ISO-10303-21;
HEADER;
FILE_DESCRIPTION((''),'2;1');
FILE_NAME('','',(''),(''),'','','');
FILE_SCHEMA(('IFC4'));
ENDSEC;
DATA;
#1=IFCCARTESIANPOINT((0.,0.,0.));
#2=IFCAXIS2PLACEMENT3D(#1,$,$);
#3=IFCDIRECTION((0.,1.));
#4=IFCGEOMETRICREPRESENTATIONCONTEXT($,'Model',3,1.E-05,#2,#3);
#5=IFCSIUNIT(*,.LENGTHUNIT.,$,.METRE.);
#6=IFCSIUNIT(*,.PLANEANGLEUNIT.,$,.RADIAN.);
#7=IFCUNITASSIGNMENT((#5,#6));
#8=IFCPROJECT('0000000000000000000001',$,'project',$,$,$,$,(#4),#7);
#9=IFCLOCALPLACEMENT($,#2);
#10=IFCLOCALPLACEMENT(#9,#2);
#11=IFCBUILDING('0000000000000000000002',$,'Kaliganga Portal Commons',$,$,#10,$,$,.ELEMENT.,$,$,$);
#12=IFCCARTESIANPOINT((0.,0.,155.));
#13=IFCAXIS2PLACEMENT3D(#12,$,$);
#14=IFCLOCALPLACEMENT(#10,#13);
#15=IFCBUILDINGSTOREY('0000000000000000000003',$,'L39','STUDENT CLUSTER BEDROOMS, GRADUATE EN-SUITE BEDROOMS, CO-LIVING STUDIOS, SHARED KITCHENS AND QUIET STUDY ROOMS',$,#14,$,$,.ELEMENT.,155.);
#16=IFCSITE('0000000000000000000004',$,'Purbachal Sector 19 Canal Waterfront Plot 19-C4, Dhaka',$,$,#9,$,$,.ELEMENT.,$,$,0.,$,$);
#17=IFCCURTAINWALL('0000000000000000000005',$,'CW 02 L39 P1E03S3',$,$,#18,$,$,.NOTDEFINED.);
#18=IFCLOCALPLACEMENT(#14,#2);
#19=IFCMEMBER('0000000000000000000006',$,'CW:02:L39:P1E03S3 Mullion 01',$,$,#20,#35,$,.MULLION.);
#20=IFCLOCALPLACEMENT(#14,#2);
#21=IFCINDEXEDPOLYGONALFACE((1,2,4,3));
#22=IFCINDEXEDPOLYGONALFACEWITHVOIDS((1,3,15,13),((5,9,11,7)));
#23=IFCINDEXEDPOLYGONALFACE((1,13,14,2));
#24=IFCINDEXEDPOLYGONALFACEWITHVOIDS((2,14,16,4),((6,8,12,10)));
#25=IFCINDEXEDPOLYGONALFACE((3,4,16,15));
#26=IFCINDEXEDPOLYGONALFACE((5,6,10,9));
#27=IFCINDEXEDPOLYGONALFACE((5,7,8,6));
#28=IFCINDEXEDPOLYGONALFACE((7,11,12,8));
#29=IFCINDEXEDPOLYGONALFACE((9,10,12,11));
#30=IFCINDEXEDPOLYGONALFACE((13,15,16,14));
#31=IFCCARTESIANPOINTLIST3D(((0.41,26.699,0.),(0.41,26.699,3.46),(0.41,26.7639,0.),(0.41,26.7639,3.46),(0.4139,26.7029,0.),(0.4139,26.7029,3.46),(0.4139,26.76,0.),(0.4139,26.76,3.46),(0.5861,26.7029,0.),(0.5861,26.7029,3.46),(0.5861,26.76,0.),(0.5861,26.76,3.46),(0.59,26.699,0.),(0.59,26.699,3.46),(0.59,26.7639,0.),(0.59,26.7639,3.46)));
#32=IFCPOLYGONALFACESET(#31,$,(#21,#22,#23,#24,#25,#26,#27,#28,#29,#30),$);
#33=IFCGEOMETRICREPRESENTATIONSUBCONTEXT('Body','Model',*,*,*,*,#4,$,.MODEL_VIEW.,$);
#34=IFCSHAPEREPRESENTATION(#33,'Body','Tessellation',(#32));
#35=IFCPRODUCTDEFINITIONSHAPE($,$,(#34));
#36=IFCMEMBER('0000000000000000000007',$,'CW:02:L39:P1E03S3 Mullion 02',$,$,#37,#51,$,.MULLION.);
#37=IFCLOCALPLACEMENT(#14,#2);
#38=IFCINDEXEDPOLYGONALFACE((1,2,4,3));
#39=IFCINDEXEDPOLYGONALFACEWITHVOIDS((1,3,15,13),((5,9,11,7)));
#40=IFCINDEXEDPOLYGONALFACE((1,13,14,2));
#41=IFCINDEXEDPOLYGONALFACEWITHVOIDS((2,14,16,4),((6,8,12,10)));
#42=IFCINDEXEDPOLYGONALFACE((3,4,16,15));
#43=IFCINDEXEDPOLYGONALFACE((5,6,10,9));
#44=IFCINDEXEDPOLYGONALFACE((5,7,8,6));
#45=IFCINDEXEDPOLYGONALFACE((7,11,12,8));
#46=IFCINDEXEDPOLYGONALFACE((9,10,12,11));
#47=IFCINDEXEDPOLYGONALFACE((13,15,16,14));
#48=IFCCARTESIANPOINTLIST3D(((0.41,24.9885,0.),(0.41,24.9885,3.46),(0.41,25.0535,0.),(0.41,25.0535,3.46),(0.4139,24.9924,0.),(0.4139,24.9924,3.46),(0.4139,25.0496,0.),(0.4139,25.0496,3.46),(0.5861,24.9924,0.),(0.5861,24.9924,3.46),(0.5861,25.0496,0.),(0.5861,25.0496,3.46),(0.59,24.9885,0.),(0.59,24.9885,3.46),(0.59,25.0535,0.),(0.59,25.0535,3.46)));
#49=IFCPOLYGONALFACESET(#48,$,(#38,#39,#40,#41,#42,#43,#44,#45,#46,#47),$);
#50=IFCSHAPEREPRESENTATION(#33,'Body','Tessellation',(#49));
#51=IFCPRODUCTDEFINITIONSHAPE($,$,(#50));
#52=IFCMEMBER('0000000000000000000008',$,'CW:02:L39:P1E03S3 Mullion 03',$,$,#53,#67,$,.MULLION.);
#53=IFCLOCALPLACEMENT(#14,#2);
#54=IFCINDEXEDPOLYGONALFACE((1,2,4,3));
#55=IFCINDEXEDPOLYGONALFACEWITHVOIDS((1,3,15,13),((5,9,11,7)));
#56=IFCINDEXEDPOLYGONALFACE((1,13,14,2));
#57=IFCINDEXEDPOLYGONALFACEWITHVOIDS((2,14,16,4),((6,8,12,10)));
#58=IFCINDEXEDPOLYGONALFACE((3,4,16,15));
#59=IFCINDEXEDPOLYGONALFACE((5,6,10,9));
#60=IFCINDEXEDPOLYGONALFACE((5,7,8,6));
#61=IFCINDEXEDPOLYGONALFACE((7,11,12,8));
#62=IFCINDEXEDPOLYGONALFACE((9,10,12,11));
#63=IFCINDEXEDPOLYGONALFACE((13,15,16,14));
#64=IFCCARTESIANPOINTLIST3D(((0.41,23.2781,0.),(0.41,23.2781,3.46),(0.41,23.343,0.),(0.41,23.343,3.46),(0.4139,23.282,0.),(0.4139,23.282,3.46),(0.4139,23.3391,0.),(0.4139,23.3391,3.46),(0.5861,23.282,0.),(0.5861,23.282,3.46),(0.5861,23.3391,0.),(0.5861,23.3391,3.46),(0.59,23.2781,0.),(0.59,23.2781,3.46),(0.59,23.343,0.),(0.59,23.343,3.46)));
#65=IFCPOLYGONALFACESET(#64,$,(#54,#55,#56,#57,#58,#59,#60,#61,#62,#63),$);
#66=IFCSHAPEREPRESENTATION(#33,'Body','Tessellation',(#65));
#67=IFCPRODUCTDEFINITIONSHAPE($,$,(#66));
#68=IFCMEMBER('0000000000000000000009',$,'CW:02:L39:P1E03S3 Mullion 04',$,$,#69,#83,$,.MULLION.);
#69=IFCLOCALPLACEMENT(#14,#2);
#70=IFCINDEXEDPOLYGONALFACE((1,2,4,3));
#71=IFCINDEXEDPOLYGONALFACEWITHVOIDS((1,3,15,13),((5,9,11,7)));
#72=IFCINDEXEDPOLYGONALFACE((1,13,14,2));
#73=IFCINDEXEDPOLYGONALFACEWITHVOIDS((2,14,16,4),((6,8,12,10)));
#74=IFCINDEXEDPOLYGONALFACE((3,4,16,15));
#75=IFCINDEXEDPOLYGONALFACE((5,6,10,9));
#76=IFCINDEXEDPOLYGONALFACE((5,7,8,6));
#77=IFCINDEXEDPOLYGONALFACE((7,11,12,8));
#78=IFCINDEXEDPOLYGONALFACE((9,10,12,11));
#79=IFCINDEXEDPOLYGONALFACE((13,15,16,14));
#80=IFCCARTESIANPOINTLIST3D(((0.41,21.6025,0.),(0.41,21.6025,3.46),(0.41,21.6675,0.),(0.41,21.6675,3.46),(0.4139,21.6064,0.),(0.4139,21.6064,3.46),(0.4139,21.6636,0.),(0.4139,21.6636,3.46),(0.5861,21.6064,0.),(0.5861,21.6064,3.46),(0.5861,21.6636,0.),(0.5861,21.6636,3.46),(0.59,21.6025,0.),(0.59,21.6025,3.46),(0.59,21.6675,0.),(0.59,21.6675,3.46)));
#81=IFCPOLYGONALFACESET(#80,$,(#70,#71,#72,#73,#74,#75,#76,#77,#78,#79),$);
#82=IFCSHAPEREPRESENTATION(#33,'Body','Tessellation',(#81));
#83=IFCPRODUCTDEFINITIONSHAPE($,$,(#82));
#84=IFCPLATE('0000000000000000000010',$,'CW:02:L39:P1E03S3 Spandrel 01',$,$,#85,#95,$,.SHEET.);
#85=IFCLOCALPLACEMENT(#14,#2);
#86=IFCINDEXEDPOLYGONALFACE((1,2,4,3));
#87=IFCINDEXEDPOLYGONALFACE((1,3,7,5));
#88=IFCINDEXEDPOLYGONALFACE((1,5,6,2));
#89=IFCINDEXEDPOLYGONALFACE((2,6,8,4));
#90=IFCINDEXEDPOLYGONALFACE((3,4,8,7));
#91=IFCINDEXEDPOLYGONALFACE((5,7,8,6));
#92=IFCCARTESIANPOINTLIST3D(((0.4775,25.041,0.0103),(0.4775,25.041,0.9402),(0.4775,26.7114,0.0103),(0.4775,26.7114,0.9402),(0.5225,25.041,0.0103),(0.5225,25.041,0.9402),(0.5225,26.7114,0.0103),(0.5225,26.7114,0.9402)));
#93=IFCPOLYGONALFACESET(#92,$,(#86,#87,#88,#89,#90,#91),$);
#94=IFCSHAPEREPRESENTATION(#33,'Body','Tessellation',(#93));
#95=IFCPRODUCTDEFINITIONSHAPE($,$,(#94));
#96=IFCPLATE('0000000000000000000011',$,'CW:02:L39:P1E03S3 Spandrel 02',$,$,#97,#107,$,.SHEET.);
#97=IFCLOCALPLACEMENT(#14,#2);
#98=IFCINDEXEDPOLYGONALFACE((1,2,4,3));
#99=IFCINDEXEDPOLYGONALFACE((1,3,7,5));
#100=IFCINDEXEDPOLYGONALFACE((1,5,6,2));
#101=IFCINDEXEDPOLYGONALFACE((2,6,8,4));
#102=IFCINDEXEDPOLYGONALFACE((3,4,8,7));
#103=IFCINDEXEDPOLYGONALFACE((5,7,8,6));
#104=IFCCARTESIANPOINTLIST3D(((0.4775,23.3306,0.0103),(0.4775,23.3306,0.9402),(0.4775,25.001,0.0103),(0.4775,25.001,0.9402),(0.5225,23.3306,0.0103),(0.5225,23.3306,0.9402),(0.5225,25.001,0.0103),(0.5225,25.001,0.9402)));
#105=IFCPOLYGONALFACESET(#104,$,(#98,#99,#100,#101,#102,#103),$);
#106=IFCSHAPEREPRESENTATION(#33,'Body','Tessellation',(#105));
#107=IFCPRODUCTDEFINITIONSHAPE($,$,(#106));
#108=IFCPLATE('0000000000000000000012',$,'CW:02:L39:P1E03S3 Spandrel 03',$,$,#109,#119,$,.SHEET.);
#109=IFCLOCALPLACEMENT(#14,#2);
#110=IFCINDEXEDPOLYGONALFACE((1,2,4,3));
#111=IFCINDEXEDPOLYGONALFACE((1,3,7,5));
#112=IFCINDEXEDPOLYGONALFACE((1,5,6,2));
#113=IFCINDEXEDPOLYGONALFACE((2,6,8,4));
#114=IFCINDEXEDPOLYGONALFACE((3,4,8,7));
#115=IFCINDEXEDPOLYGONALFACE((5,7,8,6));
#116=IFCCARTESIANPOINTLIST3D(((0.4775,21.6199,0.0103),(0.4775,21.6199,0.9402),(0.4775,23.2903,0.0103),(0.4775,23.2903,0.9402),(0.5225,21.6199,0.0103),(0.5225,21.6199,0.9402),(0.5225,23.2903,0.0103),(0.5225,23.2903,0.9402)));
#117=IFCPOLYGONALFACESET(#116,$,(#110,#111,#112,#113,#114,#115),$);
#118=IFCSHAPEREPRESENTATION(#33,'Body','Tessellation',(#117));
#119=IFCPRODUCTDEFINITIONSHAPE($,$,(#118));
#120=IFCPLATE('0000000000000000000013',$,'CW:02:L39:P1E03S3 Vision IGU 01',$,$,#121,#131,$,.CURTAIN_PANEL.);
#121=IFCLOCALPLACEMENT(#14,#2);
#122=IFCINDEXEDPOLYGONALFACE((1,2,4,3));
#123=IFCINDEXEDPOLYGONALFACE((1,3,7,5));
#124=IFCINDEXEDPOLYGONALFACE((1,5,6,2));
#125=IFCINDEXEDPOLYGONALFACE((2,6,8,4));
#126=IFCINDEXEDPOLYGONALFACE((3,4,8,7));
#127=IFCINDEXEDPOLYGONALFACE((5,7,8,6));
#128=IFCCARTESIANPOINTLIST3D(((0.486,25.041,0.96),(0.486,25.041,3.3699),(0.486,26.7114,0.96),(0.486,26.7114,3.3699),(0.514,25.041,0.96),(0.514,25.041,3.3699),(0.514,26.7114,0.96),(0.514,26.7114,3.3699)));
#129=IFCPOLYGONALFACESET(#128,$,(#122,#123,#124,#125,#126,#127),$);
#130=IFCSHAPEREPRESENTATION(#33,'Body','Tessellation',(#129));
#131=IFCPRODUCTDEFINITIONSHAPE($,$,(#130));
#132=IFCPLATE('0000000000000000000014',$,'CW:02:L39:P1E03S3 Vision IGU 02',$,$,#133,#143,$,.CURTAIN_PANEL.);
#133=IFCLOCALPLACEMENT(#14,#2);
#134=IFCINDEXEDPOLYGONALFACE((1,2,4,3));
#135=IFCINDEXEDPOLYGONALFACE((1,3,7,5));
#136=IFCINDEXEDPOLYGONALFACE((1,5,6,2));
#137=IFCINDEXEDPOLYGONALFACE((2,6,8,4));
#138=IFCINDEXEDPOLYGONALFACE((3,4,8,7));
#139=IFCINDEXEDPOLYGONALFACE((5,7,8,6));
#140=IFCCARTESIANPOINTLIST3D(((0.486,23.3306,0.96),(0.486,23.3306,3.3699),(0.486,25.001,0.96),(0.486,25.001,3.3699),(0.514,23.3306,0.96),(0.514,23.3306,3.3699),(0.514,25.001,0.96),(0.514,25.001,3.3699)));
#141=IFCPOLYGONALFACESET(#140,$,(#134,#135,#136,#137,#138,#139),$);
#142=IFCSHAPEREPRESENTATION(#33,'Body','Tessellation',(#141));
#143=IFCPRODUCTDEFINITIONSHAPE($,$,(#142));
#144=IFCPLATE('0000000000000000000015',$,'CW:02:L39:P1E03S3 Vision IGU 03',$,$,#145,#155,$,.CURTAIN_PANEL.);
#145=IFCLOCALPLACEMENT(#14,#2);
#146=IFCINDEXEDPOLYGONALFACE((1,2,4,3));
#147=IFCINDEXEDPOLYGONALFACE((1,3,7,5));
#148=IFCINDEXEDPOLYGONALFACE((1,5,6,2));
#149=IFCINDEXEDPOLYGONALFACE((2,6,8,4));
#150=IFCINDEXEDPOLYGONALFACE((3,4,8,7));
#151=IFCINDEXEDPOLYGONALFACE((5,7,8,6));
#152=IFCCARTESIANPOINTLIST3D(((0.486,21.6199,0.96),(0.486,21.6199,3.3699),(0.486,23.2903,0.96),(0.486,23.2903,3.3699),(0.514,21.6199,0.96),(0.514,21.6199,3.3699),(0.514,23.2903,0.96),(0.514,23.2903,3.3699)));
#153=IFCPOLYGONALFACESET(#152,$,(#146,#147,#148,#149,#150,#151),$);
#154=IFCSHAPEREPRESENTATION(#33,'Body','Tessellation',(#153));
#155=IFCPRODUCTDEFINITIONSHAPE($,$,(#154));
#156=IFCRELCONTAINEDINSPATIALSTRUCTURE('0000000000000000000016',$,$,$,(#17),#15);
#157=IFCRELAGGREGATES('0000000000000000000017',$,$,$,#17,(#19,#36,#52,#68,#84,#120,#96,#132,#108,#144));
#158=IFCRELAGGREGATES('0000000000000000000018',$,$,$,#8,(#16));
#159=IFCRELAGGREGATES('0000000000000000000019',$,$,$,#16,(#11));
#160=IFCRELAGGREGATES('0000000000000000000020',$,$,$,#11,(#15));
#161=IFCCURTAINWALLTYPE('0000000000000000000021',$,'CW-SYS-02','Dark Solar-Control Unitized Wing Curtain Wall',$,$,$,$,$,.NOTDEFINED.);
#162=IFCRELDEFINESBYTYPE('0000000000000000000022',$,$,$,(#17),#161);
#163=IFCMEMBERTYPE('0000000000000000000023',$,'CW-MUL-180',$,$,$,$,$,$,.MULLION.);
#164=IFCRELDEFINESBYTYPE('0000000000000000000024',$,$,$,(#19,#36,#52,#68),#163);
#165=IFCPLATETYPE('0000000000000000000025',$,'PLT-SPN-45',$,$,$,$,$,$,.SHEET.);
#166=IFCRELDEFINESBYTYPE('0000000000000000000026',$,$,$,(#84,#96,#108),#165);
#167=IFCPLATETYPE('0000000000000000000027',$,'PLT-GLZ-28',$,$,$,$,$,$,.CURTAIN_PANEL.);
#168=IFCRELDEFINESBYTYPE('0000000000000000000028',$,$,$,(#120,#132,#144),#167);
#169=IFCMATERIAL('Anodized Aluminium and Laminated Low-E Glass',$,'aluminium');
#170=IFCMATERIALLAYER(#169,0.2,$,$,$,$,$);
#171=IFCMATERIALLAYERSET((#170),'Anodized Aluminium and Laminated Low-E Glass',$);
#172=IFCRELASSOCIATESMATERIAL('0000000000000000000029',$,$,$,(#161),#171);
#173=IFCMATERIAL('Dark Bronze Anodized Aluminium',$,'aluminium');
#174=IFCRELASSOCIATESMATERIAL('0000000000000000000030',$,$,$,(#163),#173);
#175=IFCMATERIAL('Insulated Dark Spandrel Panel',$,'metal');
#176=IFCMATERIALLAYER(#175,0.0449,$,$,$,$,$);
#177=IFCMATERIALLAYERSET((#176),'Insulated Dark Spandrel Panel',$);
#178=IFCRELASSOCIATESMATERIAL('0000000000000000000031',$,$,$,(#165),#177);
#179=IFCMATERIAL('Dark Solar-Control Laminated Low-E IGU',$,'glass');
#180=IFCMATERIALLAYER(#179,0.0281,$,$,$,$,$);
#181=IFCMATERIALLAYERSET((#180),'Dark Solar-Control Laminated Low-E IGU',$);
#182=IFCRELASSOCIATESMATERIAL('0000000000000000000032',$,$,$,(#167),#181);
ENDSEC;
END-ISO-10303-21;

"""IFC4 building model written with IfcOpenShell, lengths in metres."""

from ifc_helpers import new_model, si_unit, direction, frame, origin, origin_2d, place, context, subcontext, project, spatial, rectangle, hollow_rectangle, extrude, source, transform, mapped, material, layer, layer_set, material_profile, profile_set, type_object, element, aggregate, save


model = new_model("IFC4")

# Units and contexts
model_context = context("Model", 3, precision=1e-05, world=origin(), true_north=direction((0.0, 1.0)))
body_context = subcontext(model_context, "Body", "Model", "MODEL_VIEW")
ifc_project = project(units=[si_unit("LENGTHUNIT", "METRE"), si_unit("PLANEANGLEUNIT", "RADIAN")], contexts=[model_context])

# Site, building, storey
site_placement = place(None, origin())
site = spatial("IfcSite", under=ifc_project, at=site_placement, Name="Purbachal Sector 19 Canal Waterfront Plot 19-C4, Dhaka", CompositionType="ELEMENT", RefElevation=0.0)
building_placement = place(site_placement, origin())
building = spatial("IfcBuilding", under=site, at=building_placement, Name="Kaliganga Portal Commons", CompositionType="ELEMENT")
storey_placement = place(building_placement, frame((0.0, 0.0, 155.0)))
storey = spatial("IfcBuildingStorey", under=building, at=storey_placement, Name="L39", Description="STUDENT CLUSTER BEDROOMS, GRADUATE EN-SUITE BEDROOMS, CO-LIVING STUDIOS, SHARED KITCHENS AND QUIET STUDY ROOMS", CompositionType="ELEMENT", Elevation=155.0)

# Curtain wall, members, plates
ifc_material_1 = material(Name="Anodized Aluminium and Laminated Low-E Glass", Category="aluminium")
ifc_layer_1 = layer(ifc_material_1, 0.2)
ifc_layer_set_1 = layer_set([ifc_layer_1], Name="Anodized Aluminium and Laminated Low-E Glass")
curtain_wall_type = type_object("IfcCurtainWallType", Name="CW-SYS-02", Description="Dark Solar-Control Unitized Wing Curtain Wall", PredefinedType="NOTDEFINED", material=ifc_layer_set_1)
curtain_wall_placement = place(storey_placement, origin())
curtain_wall = element("IfcCurtainWall", 1, at=curtain_wall_placement, inside=storey, type_object=curtain_wall_type, Name="CW 02 L39 P1E03S3", PredefinedType="NOTDEFINED")
ifc_material_2 = material(Name="Dark Bronze Anodized Aluminium", Category="aluminium")
ifc_material_profile = material_profile(ifc_material_2, hollow_rectangle(XDim=0.0649, YDim=0.1799, WallThickness=0.0039, at=origin_2d()), Name="ALU MULL 65x180x4")
ifc_profile_set = profile_set([ifc_material_profile], Name="Dark Bronze Anodized Aluminium")
member_type = type_object("IfcMemberType", Name="CW-MUL-180", PredefinedType="MULLION", material=ifc_profile_set)
shared_shape_1 = source(origin(), body_context, "Body", "SweptSolid", [
    extrude(hollow_rectangle(XDim=0.0649, YDim=0.1799, WallThickness=0.0039, at=origin_2d()), origin(), (0.0, 0.0, 1.0), 3.46),
])
member_1_placement = place(storey_placement, frame((0.5, 26.7314, 0.0), z_axis=(0.0, 0.0, 1.0), x_axis=(0.0, -1.0, 0.0)))
member_1 = element("IfcMember", 2, at=member_1_placement, type_object=member_type, Name="CW:02:L39:P1E03S3 Mullion 01", PredefinedType="MULLION", context=body_context, shape_type="MappedRepresentation", body=[
    mapped(shared_shape_1, transform((0.0, 0.0, 0.0), x_axis=(1.0, 0.0, 0.0), y_axis=(0.0, 1.0, 0.0), z_axis=(0.0, 0.0, 1.0), scale=1.0)),
])
member_2_placement = place(storey_placement, frame((0.5, 25.021, 0.0), z_axis=(0.0, 0.0, 1.0), x_axis=(0.0, -1.0, 0.0)))
member_2 = element("IfcMember", 3, at=member_2_placement, type_object=member_type, Name="CW:02:L39:P1E03S3 Mullion 02", PredefinedType="MULLION", context=body_context, shape_type="MappedRepresentation", body=[
    mapped(shared_shape_1, transform((0.0, 0.0, 0.0), x_axis=(1.0, 0.0, 0.0), y_axis=(0.0, 1.0, 0.0), z_axis=(0.0, 0.0, 1.0), scale=1.0)),
])
member_3_placement = place(storey_placement, frame((0.5, 23.3105, 0.0), z_axis=(0.0, 0.0, 1.0), x_axis=(0.0, -1.0, 0.0)))
member_3 = element("IfcMember", 4, at=member_3_placement, type_object=member_type, Name="CW:02:L39:P1E03S3 Mullion 03", PredefinedType="MULLION", context=body_context, shape_type="MappedRepresentation", body=[
    mapped(shared_shape_1, transform((0.0, 0.0, 0.0), x_axis=(1.0, 0.0, 0.0), y_axis=(0.0, 1.0, 0.0), z_axis=(0.0, 0.0, 1.0), scale=1.0)),
])
member_4_placement = place(storey_placement, frame((0.5, 21.635, 0.0), z_axis=(0.0, 0.0, 1.0), x_axis=(0.0, -1.0, 0.0)))
member_4 = element("IfcMember", 5, at=member_4_placement, type_object=member_type, Name="CW:02:L39:P1E03S3 Mullion 04", PredefinedType="MULLION", context=body_context, shape_type="MappedRepresentation", body=[
    mapped(shared_shape_1, transform((0.0, 0.0, 0.0), x_axis=(1.0, 0.0, 0.0), y_axis=(0.0, 1.0, 0.0), z_axis=(0.0, 0.0, 1.0), scale=1.0)),
])
ifc_material_3 = material(Name="Insulated Dark Spandrel Panel", Category="metal")
ifc_layer_2 = layer(ifc_material_3, 0.0449)
ifc_layer_set_2 = layer_set([ifc_layer_2], Name="Insulated Dark Spandrel Panel")
plate_type_1 = type_object("IfcPlateType", Name="PLT-SPN-45", PredefinedType="SHEET", material=ifc_layer_set_2)
shared_shape_2 = source(origin(), body_context, "Body", "SweptSolid", [
    extrude(rectangle(XDim=1.6704, YDim=0.0449, at=origin_2d()), origin(), (0.0, 0.0, 1.0), 0.9299),
])
plate_1_placement = place(storey_placement, frame((0.5, 25.8762, 0.0103), z_axis=(0.0, 0.0, 1.0), x_axis=(0.0, -1.0, 0.0)))
plate_1 = element("IfcPlate", 6, at=plate_1_placement, type_object=plate_type_1, Name="CW:02:L39:P1E03S3 Spandrel 01", PredefinedType="SHEET", context=body_context, shape_type="MappedRepresentation", body=[
    mapped(shared_shape_2, transform((0.0, 0.0, 0.0), x_axis=(1.0, 0.0, 0.0), y_axis=(0.0, 1.0, 0.0), z_axis=(0.0, 0.0, 1.0), scale=1.0)),
])
plate_2_placement = place(storey_placement, frame((0.5, 24.1658, 0.0103), z_axis=(0.0, 0.0, 1.0), x_axis=(0.0, -1.0, 0.0)))
plate_2 = element("IfcPlate", 7, at=plate_2_placement, type_object=plate_type_1, Name="CW:02:L39:P1E03S3 Spandrel 02", PredefinedType="SHEET", context=body_context, shape_type="MappedRepresentation", body=[
    mapped(shared_shape_2, transform((0.0, 0.0, 0.0), x_axis=(1.0, 0.0, 0.0), y_axis=(0.0, 1.0, 0.0), z_axis=(0.0, 0.0, 1.0), scale=1.0)),
])
plate_3_placement = place(storey_placement, frame((0.5, 22.4551, 0.0103), z_axis=(0.0, 0.0, 1.0), x_axis=(0.0, -1.0, 0.0)))
plate_3 = element("IfcPlate", 8, at=plate_3_placement, type_object=plate_type_1, Name="CW:02:L39:P1E03S3 Spandrel 03", PredefinedType="SHEET", context=body_context, shape_type="MappedRepresentation", body=[
    mapped(shared_shape_2, transform((0.0, 0.0, 0.0), x_axis=(1.0, 0.0, 0.0), y_axis=(0.0, 1.0, 0.0), z_axis=(0.0, 0.0, 1.0), scale=1.0)),
])
ifc_material_4 = material(Name="Dark Solar-Control Laminated Low-E IGU", Category="glass")
ifc_layer_3 = layer(ifc_material_4, 0.0281)
ifc_layer_set_3 = layer_set([ifc_layer_3], Name="Dark Solar-Control Laminated Low-E IGU")
plate_type_2 = type_object("IfcPlateType", Name="PLT-GLZ-28", PredefinedType="CURTAIN_PANEL", material=ifc_layer_set_3)
shared_shape_3 = source(origin(), body_context, "Body", "SweptSolid", [
    extrude(rectangle(XDim=1.6704, YDim=0.0281, at=origin_2d()), origin(), (0.0, 0.0, 1.0), 2.4099),
])
plate_4_placement = place(storey_placement, frame((0.5, 25.8762, 0.96), z_axis=(0.0, 0.0, 1.0), x_axis=(0.0, -1.0, 0.0)))
plate_4 = element("IfcPlate", 9, at=plate_4_placement, type_object=plate_type_2, Name="CW:02:L39:P1E03S3 Vision IGU 01", PredefinedType="CURTAIN_PANEL", context=body_context, shape_type="MappedRepresentation", body=[
    mapped(shared_shape_3, transform((0.0, 0.0, 0.0), x_axis=(1.0, 0.0, 0.0), y_axis=(0.0, 1.0, 0.0), z_axis=(0.0, 0.0, 1.0), scale=1.0)),
])
plate_5_placement = place(storey_placement, frame((0.5, 24.1658, 0.96), z_axis=(0.0, 0.0, 1.0), x_axis=(0.0, -1.0, 0.0)))
plate_5 = element("IfcPlate", 10, at=plate_5_placement, type_object=plate_type_2, Name="CW:02:L39:P1E03S3 Vision IGU 02", PredefinedType="CURTAIN_PANEL", context=body_context, shape_type="MappedRepresentation", body=[
    mapped(shared_shape_3, transform((0.0, 0.0, 0.0), x_axis=(1.0, 0.0, 0.0), y_axis=(0.0, 1.0, 0.0), z_axis=(0.0, 0.0, 1.0), scale=1.0)),
])
plate_6_placement = place(storey_placement, frame((0.5, 22.4551, 0.96), z_axis=(0.0, 0.0, 1.0), x_axis=(0.0, -1.0, 0.0)))
plate_6 = element("IfcPlate", 11, at=plate_6_placement, type_object=plate_type_2, Name="CW:02:L39:P1E03S3 Vision IGU 03", PredefinedType="CURTAIN_PANEL", context=body_context, shape_type="MappedRepresentation", body=[
    mapped(shared_shape_3, transform((0.0, 0.0, 0.0), x_axis=(1.0, 0.0, 0.0), y_axis=(0.0, 1.0, 0.0), z_axis=(0.0, 0.0, 1.0), scale=1.0)),
])
aggregate(curtain_wall, [member_1, member_2, member_3, member_4, plate_1, plate_4, plate_2, plate_5, plate_3, plate_6])

save(model, "model.ifc")
